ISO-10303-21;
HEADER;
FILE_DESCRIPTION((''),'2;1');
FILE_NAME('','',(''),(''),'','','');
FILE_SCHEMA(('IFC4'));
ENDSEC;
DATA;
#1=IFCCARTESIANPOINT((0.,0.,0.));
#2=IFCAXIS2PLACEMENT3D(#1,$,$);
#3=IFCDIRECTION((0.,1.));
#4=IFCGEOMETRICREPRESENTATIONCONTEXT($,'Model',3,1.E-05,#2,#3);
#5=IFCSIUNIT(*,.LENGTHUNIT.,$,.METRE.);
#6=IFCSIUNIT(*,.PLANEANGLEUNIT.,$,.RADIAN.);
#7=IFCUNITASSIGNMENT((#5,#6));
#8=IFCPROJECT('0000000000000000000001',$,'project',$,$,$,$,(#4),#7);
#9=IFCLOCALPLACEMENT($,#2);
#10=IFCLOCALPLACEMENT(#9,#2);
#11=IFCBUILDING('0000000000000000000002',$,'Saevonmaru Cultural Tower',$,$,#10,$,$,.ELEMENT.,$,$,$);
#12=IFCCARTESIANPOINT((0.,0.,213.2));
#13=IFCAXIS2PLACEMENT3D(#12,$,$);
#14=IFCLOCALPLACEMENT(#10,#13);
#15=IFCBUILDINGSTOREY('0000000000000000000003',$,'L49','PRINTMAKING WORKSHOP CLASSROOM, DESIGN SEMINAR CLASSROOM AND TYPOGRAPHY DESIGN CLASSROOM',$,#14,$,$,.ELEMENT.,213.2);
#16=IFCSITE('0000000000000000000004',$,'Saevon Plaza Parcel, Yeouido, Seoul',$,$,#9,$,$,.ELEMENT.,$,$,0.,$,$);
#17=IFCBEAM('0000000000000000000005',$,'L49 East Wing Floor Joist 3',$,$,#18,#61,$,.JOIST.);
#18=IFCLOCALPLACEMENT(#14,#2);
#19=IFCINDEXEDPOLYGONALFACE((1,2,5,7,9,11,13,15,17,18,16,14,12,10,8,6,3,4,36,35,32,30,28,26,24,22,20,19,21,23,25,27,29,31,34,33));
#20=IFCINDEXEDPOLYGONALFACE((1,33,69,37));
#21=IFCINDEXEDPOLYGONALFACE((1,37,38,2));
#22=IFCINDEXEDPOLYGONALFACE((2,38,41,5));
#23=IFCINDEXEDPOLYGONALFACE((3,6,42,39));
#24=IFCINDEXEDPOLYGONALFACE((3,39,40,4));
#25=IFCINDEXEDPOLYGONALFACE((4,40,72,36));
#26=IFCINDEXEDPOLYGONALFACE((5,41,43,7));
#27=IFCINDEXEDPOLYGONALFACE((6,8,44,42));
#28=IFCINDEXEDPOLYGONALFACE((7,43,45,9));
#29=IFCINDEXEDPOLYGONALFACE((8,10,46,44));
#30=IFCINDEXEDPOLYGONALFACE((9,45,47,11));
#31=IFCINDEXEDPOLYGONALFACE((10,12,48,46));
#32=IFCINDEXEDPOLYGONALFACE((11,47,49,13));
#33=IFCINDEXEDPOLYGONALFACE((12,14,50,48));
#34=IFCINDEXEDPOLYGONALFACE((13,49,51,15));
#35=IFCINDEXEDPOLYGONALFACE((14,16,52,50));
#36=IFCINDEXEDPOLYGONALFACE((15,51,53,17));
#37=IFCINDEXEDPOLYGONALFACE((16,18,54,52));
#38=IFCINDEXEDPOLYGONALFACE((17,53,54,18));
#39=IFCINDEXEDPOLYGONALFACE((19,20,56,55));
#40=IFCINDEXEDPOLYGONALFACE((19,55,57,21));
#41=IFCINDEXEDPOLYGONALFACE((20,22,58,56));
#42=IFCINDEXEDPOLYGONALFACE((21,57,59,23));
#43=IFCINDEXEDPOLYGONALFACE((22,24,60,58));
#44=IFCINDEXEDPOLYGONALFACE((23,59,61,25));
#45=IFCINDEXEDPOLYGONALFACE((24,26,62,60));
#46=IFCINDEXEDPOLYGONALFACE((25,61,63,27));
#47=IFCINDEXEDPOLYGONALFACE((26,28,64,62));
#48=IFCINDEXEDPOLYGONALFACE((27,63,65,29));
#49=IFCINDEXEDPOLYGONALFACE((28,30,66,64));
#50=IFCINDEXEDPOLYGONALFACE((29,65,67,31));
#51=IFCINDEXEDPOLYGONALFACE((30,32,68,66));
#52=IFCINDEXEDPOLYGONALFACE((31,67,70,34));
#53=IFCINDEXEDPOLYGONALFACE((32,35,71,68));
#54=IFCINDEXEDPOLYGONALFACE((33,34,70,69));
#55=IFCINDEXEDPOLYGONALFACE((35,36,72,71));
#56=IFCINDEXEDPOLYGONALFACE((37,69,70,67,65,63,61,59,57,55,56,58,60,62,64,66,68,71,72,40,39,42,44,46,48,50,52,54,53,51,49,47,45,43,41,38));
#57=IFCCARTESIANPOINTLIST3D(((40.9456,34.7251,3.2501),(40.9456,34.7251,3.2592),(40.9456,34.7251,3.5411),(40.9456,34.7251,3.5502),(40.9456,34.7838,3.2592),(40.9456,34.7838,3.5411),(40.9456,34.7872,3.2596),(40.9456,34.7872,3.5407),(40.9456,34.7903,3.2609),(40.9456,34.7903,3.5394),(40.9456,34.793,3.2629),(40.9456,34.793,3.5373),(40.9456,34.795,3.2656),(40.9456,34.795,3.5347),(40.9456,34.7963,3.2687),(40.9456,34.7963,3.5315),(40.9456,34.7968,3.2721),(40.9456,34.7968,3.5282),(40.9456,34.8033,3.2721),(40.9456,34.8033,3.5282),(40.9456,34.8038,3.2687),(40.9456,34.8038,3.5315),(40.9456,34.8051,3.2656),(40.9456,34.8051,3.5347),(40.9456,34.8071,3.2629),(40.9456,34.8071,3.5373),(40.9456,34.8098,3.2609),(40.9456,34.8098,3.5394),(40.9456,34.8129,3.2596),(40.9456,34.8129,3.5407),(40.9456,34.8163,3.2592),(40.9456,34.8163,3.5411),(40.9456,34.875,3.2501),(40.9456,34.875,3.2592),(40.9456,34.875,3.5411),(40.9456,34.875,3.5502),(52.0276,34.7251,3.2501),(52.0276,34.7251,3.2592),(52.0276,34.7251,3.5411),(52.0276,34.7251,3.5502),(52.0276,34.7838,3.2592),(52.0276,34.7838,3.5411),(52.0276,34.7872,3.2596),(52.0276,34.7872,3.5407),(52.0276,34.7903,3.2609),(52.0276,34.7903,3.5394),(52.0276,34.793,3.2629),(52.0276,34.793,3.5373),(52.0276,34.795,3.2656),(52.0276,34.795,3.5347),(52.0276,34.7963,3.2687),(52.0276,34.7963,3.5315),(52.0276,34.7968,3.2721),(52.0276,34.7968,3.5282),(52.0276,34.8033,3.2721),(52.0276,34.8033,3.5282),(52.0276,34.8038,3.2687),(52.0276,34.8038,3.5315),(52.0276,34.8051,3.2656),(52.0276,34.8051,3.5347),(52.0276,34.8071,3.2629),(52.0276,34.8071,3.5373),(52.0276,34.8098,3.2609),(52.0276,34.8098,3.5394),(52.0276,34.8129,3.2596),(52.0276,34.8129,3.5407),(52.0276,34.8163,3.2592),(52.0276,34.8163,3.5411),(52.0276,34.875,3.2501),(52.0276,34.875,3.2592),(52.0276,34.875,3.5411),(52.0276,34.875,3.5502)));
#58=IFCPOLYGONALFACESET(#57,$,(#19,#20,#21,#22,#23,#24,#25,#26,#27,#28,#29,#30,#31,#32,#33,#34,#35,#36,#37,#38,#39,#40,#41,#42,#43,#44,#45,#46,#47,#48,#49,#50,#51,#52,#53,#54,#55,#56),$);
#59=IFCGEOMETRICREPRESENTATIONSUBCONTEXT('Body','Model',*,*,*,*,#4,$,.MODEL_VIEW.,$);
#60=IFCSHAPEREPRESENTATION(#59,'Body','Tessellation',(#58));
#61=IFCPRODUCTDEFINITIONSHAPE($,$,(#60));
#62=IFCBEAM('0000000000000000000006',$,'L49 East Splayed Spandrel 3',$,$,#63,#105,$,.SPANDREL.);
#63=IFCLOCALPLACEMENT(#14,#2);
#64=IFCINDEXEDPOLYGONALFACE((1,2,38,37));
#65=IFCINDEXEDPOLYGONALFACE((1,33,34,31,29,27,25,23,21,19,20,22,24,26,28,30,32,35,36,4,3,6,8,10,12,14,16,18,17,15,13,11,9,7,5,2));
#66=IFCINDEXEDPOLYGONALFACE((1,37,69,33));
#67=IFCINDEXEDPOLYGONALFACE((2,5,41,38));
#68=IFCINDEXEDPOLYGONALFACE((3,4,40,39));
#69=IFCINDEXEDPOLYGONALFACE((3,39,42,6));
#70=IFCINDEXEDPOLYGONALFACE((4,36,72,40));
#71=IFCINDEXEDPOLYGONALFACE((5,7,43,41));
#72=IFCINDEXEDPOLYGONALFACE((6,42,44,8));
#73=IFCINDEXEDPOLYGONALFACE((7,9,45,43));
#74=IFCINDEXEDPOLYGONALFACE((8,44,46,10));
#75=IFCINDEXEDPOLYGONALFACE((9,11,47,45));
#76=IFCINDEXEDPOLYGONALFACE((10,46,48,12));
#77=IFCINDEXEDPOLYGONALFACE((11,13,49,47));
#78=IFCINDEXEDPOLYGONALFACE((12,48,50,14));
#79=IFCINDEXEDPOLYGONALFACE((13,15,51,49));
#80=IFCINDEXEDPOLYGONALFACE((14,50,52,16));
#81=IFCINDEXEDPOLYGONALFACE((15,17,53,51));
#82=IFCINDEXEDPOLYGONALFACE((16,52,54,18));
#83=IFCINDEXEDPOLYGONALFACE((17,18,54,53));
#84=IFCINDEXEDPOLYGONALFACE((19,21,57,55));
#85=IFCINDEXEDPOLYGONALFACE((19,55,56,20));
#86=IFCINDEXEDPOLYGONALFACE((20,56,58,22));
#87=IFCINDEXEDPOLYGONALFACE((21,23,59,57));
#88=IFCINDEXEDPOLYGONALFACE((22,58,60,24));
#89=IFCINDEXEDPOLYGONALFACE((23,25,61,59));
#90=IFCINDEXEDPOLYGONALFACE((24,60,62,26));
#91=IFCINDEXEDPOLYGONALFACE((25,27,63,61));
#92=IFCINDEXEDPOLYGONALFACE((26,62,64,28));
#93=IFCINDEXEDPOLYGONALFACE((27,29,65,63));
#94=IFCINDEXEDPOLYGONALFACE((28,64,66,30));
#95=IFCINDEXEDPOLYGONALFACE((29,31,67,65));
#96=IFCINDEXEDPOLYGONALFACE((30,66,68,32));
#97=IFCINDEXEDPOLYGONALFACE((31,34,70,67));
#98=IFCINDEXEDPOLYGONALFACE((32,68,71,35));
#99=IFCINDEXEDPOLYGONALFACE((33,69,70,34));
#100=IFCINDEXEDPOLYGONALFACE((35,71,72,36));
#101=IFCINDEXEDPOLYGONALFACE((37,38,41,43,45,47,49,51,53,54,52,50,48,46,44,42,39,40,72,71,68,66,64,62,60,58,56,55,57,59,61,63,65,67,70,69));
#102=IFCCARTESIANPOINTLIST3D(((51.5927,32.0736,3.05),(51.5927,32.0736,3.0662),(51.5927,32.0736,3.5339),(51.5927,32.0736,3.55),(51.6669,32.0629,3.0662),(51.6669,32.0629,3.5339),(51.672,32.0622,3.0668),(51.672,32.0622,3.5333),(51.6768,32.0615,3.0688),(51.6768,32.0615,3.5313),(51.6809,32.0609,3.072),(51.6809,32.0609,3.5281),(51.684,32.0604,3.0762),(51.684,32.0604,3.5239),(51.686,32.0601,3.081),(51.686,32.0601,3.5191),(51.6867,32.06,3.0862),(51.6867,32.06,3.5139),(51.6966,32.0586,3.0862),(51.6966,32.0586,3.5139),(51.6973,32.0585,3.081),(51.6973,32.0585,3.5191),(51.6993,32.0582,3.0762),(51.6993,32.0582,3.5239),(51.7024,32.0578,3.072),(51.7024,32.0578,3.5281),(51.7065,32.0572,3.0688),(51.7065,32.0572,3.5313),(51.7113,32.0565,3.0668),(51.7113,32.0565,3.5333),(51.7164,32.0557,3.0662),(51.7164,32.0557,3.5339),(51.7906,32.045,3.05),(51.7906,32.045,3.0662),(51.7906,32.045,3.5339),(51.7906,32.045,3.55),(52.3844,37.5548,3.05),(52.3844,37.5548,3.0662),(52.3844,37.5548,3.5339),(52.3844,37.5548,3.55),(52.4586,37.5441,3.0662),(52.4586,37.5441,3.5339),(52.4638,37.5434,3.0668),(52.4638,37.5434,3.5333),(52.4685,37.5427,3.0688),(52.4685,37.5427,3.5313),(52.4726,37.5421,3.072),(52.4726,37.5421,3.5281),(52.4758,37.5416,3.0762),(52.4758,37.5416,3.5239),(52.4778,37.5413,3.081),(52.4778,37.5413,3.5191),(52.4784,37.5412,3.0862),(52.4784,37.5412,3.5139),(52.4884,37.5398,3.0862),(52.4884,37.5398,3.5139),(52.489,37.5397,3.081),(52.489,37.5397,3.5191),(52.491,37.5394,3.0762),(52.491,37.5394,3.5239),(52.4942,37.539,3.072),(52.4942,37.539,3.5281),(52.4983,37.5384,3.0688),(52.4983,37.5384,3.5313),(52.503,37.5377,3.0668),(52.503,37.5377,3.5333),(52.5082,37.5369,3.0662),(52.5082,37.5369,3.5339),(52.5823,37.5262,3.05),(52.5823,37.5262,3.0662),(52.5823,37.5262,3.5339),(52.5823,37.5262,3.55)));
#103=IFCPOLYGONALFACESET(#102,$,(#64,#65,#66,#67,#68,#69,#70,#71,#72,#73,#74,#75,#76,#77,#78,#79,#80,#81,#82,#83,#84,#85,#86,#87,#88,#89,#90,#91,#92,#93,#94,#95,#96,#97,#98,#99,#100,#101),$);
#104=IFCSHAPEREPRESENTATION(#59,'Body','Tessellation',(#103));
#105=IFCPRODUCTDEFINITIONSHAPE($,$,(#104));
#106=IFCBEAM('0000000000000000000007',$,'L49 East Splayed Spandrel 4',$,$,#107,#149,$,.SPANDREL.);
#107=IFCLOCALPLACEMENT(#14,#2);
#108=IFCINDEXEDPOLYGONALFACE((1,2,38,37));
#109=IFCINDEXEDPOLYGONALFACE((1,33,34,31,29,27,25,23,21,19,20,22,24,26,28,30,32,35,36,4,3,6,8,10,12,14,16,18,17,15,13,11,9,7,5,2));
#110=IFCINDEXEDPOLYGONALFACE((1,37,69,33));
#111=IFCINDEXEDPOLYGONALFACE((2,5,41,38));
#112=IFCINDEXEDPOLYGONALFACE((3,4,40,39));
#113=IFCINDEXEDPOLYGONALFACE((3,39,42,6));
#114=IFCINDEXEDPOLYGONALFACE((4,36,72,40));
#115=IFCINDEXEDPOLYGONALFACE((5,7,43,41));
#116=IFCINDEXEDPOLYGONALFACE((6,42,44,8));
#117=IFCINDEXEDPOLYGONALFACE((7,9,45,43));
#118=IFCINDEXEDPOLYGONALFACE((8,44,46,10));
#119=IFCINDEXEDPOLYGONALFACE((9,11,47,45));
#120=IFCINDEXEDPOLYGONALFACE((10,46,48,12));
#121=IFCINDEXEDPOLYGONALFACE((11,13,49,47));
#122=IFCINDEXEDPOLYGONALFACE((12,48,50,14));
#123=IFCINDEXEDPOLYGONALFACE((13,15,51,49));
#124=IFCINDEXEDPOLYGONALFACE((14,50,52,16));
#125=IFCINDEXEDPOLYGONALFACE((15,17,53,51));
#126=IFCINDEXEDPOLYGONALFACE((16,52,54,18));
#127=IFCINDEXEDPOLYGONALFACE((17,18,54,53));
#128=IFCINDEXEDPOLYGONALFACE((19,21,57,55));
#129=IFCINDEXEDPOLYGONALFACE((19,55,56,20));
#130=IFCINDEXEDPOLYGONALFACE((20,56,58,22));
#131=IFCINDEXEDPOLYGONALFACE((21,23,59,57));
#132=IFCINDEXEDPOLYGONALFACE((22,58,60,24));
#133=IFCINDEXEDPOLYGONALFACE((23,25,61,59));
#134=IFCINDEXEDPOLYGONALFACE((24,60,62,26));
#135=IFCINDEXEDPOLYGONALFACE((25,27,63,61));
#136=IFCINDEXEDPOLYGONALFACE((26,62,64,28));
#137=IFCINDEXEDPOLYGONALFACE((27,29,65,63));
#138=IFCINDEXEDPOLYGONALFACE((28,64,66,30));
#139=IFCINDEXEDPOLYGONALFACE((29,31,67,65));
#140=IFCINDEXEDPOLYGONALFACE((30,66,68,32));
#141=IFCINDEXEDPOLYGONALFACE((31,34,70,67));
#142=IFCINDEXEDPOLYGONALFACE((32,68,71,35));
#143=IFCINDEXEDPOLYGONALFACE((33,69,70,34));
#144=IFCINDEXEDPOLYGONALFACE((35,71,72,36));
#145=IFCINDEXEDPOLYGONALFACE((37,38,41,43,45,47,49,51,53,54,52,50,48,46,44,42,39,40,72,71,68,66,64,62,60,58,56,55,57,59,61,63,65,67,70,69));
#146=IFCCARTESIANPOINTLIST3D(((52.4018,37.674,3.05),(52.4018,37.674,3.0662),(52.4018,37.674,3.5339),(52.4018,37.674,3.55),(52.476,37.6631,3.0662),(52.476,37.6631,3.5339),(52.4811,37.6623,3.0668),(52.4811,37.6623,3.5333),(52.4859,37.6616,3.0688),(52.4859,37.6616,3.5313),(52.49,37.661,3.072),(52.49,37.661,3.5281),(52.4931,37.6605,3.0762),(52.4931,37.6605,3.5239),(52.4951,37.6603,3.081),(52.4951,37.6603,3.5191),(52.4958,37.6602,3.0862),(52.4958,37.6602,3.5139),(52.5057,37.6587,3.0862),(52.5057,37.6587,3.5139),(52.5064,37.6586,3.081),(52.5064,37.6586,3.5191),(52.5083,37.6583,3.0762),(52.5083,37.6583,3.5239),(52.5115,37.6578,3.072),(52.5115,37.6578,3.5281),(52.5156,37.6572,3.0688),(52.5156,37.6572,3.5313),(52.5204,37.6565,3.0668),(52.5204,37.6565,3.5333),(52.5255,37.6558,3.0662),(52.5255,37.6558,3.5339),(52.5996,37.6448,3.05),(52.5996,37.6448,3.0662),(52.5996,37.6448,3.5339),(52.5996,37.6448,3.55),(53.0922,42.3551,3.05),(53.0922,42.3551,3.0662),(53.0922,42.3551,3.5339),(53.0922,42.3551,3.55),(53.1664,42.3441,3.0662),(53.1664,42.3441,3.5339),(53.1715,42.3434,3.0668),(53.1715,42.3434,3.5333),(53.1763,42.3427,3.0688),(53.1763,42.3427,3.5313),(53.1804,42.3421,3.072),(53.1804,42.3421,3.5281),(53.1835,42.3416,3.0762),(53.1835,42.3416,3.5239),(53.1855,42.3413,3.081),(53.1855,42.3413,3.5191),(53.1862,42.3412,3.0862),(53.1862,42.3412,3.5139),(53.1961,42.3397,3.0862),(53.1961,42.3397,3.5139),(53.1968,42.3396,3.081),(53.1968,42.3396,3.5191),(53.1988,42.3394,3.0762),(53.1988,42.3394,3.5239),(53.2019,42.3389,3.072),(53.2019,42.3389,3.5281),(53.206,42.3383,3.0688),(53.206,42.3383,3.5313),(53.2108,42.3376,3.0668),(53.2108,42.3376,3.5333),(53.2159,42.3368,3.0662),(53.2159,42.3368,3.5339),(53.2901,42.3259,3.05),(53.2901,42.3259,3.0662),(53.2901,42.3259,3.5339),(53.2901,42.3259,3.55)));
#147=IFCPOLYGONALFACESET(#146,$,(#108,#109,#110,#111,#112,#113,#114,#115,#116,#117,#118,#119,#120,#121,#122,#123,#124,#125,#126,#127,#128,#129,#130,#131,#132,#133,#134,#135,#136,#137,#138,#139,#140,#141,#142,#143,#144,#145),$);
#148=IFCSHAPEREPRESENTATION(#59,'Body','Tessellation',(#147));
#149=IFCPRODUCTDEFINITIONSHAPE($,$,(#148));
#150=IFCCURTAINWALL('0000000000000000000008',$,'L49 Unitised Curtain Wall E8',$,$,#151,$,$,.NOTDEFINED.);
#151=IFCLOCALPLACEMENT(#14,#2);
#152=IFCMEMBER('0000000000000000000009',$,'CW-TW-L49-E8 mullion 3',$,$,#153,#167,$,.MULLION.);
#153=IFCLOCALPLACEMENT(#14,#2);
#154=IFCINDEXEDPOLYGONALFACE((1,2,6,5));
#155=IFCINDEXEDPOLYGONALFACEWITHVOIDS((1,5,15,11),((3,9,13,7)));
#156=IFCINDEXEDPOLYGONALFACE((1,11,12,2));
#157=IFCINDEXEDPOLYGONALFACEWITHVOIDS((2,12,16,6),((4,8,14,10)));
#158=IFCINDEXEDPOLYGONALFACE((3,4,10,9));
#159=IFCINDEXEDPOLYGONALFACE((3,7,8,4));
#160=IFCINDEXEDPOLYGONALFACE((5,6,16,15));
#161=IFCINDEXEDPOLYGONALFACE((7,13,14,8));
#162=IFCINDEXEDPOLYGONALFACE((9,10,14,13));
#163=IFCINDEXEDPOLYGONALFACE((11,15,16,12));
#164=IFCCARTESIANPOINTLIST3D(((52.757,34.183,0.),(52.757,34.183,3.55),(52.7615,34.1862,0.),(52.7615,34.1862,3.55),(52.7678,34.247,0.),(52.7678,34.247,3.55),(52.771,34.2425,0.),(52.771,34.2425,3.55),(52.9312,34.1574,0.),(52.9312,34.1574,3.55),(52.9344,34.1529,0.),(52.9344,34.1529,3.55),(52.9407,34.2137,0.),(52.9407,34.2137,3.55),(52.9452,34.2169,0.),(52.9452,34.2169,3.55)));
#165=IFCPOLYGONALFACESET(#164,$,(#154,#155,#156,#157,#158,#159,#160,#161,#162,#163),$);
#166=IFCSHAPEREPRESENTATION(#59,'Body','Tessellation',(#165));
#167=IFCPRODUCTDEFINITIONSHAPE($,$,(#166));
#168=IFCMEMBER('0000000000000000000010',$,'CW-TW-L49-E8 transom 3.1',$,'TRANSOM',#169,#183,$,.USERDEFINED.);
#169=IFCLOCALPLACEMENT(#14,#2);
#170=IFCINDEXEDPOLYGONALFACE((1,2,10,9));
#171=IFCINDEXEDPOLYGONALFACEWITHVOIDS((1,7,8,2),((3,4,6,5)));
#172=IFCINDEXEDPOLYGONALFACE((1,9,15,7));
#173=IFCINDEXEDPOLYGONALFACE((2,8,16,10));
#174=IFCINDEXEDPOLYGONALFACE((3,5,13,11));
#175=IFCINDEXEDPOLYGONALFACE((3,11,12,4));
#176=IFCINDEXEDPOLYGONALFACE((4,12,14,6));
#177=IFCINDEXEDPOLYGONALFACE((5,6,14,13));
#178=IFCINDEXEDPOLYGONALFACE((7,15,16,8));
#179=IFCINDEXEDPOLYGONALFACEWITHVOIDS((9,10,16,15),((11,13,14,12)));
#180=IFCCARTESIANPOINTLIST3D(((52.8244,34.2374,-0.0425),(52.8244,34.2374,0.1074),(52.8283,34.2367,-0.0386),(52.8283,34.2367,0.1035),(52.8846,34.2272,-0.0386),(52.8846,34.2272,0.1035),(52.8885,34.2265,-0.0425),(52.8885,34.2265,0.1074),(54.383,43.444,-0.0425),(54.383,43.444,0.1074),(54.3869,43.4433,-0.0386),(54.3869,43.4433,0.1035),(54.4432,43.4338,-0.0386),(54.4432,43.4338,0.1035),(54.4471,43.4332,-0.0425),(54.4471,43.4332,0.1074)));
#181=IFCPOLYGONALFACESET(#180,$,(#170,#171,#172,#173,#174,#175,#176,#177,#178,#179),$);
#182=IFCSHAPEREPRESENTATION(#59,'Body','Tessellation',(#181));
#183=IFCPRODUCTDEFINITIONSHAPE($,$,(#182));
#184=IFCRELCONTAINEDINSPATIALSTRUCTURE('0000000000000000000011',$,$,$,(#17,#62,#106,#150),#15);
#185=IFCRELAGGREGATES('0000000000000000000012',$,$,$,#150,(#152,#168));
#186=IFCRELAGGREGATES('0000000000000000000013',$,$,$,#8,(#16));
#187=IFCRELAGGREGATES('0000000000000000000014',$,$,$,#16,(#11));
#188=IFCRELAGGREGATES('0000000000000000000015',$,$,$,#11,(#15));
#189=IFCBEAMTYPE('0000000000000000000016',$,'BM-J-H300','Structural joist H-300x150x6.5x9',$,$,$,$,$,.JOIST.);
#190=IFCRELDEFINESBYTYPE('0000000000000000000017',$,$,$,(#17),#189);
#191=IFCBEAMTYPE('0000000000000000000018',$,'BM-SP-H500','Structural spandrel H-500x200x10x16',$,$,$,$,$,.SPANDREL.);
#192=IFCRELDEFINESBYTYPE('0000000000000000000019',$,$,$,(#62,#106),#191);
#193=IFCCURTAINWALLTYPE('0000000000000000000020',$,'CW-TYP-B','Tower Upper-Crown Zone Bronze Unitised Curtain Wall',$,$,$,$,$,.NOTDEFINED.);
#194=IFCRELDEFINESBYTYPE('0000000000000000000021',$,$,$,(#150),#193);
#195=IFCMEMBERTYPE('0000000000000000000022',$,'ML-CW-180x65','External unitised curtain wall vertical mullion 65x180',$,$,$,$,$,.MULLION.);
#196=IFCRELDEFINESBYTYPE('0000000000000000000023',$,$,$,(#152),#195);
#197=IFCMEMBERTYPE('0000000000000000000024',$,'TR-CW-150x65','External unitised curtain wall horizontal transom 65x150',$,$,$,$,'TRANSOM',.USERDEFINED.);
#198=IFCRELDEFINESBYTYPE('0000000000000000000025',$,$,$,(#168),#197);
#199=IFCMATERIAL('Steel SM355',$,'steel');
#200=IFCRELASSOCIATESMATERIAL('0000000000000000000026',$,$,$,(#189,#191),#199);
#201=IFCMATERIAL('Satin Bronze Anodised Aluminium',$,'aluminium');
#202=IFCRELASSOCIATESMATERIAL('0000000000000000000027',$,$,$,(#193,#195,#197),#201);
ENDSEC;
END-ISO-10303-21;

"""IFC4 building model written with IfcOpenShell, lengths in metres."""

from ifc_helpers import new_model, si_unit, direction, frame, origin, origin_2d, place, context, subcontext, project, spatial, hollow_rectangle, i_section, extrude, material, material_profile, profile_set, type_object, element, aggregate, save


model = new_model("IFC4")

# Units and contexts
model_context = context("Model", 3, precision=1e-05, world=origin(), true_north=direction((0.0, 1.0)))
body_context = subcontext(model_context, "Body", "Model", "MODEL_VIEW")
ifc_project = project(units=[si_unit("LENGTHUNIT", "METRE"), si_unit("PLANEANGLEUNIT", "RADIAN")], contexts=[model_context])

# Site, building, storey
site_placement = place(None, origin())
site = spatial("IfcSite", under=ifc_project, at=site_placement, Name="Saevon Plaza Parcel, Yeouido, Seoul", CompositionType="ELEMENT", RefElevation=0.0)
building_placement = place(site_placement, origin())
building = spatial("IfcBuilding", under=site, at=building_placement, Name="Saevonmaru Cultural Tower", CompositionType="ELEMENT")
storey_placement = place(building_placement, frame((0.0, 0.0, 213.2)))
storey = spatial("IfcBuildingStorey", under=building, at=storey_placement, Name="L49", Description="PRINTMAKING WORKSHOP CLASSROOM, DESIGN SEMINAR CLASSROOM AND TYPOGRAPHY DESIGN CLASSROOM", CompositionType="ELEMENT", Elevation=213.2)

# Shared definitions
ifc_material_1 = material(Name="Steel SM355", Category="steel")

# Beams
ifc_material_profile_1 = material_profile(ifc_material_1, i_section(OverallWidth=0.1499, OverallDepth=0.3, WebThickness=0.0066, FlangeThickness=0.009, FilletRadius=0.0129, at=origin_2d()), Name="H-300x150x6.5x9")
ifc_profile_set_1 = profile_set([ifc_material_profile_1], Name="Steel SM355")
beam_type_1 = type_object("IfcBeamType", Name="BM-J-H300", Description="Structural joist H-300x150x6.5x9", PredefinedType="JOIST", material=ifc_profile_set_1)
beam_1_placement = place(storey_placement, frame((40.9456, 34.8, 3.4001), z_axis=(1.0, 0.0, 0.0), x_axis=(0.0, 1.0, 0.0)))
element("IfcBeam", 1, at=beam_1_placement, inside=storey, type_object=beam_type_1, Name="L49 East Wing Floor Joist 3", PredefinedType="JOIST", context=body_context, shape_type="SweptSolid", body=[
    extrude(i_section(OverallWidth=0.1499, OverallDepth=0.3, WebThickness=0.0066, FlangeThickness=0.009, FilletRadius=0.0129, at=origin_2d()), origin(), (0.0, 0.0, 1.0), 11.082),
])
ifc_material_profile_2 = material_profile(ifc_material_1, i_section(OverallWidth=0.2, OverallDepth=0.5, WebThickness=0.01, FlangeThickness=0.0161, FilletRadius=0.02, at=origin_2d()), Name="H-500x200x10x16")
ifc_profile_set_2 = profile_set([ifc_material_profile_2], Name="Steel SM355")
beam_type_2 = type_object("IfcBeamType", Name="BM-SP-H500", Description="Structural spandrel H-500x200x10x16", PredefinedType="SPANDREL", material=ifc_profile_set_2)
beam_2_placement = place(storey_placement, frame((51.6917, 32.0593, 3.3), z_axis=(0.142964, 0.989728, 0.0), x_axis=(-0.989728, 0.142964, 0.0)))
element("IfcBeam", 2, at=beam_2_placement, inside=storey, type_object=beam_type_2, Name="L49 East Splayed Spandrel 3", PredefinedType="SPANDREL", context=body_context, shape_type="SweptSolid", body=[
    extrude(i_section(OverallWidth=0.2, OverallDepth=0.5, WebThickness=0.01, FlangeThickness=0.0161, FilletRadius=0.02, at=origin_2d()), origin(), (0.0, 0.0, 1.0), 5.5381),
])
beam_3_placement = place(storey_placement, frame((52.5007, 37.6594, 3.3), z_axis=(0.145913, 0.989297, 0.0), x_axis=(-0.989297, 0.145913, 0.0)))
element("IfcBeam", 3, at=beam_3_placement, inside=storey, type_object=beam_type_2, Name="L49 East Splayed Spandrel 4", PredefinedType="SPANDREL", context=body_context, shape_type="SweptSolid", body=[
    extrude(i_section(OverallWidth=0.2, OverallDepth=0.5, WebThickness=0.01, FlangeThickness=0.0161, FilletRadius=0.02, at=origin_2d()), origin(), (0.0, 0.0, 1.0), 4.7317),
])

# Curtain wall, members
ifc_material_2 = material(Name="Satin Bronze Anodised Aluminium", Category="aluminium")
curtain_wall_type = type_object("IfcCurtainWallType", Name="CW-TYP-B", Description="Tower Upper-Crown Zone Bronze Unitised Curtain Wall", PredefinedType="NOTDEFINED", material=ifc_material_2)
curtain_wall_placement = place(storey_placement, origin())
curtain_wall = element("IfcCurtainWall", 4, at=curtain_wall_placement, inside=storey, type_object=curtain_wall_type, Name="L49 Unitised Curtain Wall E8", PredefinedType="NOTDEFINED")
ifc_material_profile_3 = material_profile(ifc_material_2, hollow_rectangle(XDim=0.0649, YDim=0.1799, WallThickness=0.0039, at=origin_2d()), Name="ALU-MULL-180x65x4")
ifc_profile_set_3 = profile_set([ifc_material_profile_3], Name="Satin Bronze Anodised Aluminium")
member_type_1 = type_object("IfcMemberType", Name="ML-CW-180x65", Description="External unitised curtain wall vertical mullion 65x180", PredefinedType="MULLION", material=ifc_profile_set_3)
member_1_placement = place(storey_placement, frame((52.8511, 34.2, 0.0), z_axis=(0.0, 0.0, 1.0), x_axis=(0.166922, 0.98597, 0.0)))
member_1 = element("IfcMember", 5, at=member_1_placement, type_object=member_type_1, Name="CW-TW-L49-E8 mullion 3", PredefinedType="MULLION", context=body_context, shape_type="SweptSolid", body=[
    extrude(hollow_rectangle(XDim=0.0649, YDim=0.1799, WallThickness=0.0039, at=origin_2d()), origin(), (0.0, 0.0, 1.0), 3.55),
])
ifc_material_profile_4 = material_profile(ifc_material_2, hollow_rectangle(XDim=0.0649, YDim=0.1499, WallThickness=0.0039, at=origin_2d()), Name="ALU-TRAN-150x65x4")
ifc_profile_set_4 = profile_set([ifc_material_profile_4], Name="Satin Bronze Anodised Aluminium")
member_type_2 = type_object("IfcMemberType", Name="TR-CW-150x65", Description="External unitised curtain wall horizontal transom 65x150", ElementType="TRANSOM", PredefinedType="USERDEFINED", material=ifc_profile_set_4)
member_2_placement = place(storey_placement, frame((52.8564, 34.2319, 0.0325), z_axis=(0.166917, 0.985971, 0.0), x_axis=(-0.985971, 0.166917, 0.0)))
member_2 = element("IfcMember", 6, at=member_2_placement, type_object=member_type_2, Name="CW-TW-L49-E8 transom 3.1", ObjectType="TRANSOM", PredefinedType="USERDEFINED", context=body_context, shape_type="SweptSolid", body=[
    extrude(hollow_rectangle(XDim=0.0649, YDim=0.1499, WallThickness=0.0039, at=origin_2d()), origin(), (0.0, 0.0, 1.0), 9.3376),
])
aggregate(curtain_wall, [member_1, member_2])

save(model, "model.ifc")
